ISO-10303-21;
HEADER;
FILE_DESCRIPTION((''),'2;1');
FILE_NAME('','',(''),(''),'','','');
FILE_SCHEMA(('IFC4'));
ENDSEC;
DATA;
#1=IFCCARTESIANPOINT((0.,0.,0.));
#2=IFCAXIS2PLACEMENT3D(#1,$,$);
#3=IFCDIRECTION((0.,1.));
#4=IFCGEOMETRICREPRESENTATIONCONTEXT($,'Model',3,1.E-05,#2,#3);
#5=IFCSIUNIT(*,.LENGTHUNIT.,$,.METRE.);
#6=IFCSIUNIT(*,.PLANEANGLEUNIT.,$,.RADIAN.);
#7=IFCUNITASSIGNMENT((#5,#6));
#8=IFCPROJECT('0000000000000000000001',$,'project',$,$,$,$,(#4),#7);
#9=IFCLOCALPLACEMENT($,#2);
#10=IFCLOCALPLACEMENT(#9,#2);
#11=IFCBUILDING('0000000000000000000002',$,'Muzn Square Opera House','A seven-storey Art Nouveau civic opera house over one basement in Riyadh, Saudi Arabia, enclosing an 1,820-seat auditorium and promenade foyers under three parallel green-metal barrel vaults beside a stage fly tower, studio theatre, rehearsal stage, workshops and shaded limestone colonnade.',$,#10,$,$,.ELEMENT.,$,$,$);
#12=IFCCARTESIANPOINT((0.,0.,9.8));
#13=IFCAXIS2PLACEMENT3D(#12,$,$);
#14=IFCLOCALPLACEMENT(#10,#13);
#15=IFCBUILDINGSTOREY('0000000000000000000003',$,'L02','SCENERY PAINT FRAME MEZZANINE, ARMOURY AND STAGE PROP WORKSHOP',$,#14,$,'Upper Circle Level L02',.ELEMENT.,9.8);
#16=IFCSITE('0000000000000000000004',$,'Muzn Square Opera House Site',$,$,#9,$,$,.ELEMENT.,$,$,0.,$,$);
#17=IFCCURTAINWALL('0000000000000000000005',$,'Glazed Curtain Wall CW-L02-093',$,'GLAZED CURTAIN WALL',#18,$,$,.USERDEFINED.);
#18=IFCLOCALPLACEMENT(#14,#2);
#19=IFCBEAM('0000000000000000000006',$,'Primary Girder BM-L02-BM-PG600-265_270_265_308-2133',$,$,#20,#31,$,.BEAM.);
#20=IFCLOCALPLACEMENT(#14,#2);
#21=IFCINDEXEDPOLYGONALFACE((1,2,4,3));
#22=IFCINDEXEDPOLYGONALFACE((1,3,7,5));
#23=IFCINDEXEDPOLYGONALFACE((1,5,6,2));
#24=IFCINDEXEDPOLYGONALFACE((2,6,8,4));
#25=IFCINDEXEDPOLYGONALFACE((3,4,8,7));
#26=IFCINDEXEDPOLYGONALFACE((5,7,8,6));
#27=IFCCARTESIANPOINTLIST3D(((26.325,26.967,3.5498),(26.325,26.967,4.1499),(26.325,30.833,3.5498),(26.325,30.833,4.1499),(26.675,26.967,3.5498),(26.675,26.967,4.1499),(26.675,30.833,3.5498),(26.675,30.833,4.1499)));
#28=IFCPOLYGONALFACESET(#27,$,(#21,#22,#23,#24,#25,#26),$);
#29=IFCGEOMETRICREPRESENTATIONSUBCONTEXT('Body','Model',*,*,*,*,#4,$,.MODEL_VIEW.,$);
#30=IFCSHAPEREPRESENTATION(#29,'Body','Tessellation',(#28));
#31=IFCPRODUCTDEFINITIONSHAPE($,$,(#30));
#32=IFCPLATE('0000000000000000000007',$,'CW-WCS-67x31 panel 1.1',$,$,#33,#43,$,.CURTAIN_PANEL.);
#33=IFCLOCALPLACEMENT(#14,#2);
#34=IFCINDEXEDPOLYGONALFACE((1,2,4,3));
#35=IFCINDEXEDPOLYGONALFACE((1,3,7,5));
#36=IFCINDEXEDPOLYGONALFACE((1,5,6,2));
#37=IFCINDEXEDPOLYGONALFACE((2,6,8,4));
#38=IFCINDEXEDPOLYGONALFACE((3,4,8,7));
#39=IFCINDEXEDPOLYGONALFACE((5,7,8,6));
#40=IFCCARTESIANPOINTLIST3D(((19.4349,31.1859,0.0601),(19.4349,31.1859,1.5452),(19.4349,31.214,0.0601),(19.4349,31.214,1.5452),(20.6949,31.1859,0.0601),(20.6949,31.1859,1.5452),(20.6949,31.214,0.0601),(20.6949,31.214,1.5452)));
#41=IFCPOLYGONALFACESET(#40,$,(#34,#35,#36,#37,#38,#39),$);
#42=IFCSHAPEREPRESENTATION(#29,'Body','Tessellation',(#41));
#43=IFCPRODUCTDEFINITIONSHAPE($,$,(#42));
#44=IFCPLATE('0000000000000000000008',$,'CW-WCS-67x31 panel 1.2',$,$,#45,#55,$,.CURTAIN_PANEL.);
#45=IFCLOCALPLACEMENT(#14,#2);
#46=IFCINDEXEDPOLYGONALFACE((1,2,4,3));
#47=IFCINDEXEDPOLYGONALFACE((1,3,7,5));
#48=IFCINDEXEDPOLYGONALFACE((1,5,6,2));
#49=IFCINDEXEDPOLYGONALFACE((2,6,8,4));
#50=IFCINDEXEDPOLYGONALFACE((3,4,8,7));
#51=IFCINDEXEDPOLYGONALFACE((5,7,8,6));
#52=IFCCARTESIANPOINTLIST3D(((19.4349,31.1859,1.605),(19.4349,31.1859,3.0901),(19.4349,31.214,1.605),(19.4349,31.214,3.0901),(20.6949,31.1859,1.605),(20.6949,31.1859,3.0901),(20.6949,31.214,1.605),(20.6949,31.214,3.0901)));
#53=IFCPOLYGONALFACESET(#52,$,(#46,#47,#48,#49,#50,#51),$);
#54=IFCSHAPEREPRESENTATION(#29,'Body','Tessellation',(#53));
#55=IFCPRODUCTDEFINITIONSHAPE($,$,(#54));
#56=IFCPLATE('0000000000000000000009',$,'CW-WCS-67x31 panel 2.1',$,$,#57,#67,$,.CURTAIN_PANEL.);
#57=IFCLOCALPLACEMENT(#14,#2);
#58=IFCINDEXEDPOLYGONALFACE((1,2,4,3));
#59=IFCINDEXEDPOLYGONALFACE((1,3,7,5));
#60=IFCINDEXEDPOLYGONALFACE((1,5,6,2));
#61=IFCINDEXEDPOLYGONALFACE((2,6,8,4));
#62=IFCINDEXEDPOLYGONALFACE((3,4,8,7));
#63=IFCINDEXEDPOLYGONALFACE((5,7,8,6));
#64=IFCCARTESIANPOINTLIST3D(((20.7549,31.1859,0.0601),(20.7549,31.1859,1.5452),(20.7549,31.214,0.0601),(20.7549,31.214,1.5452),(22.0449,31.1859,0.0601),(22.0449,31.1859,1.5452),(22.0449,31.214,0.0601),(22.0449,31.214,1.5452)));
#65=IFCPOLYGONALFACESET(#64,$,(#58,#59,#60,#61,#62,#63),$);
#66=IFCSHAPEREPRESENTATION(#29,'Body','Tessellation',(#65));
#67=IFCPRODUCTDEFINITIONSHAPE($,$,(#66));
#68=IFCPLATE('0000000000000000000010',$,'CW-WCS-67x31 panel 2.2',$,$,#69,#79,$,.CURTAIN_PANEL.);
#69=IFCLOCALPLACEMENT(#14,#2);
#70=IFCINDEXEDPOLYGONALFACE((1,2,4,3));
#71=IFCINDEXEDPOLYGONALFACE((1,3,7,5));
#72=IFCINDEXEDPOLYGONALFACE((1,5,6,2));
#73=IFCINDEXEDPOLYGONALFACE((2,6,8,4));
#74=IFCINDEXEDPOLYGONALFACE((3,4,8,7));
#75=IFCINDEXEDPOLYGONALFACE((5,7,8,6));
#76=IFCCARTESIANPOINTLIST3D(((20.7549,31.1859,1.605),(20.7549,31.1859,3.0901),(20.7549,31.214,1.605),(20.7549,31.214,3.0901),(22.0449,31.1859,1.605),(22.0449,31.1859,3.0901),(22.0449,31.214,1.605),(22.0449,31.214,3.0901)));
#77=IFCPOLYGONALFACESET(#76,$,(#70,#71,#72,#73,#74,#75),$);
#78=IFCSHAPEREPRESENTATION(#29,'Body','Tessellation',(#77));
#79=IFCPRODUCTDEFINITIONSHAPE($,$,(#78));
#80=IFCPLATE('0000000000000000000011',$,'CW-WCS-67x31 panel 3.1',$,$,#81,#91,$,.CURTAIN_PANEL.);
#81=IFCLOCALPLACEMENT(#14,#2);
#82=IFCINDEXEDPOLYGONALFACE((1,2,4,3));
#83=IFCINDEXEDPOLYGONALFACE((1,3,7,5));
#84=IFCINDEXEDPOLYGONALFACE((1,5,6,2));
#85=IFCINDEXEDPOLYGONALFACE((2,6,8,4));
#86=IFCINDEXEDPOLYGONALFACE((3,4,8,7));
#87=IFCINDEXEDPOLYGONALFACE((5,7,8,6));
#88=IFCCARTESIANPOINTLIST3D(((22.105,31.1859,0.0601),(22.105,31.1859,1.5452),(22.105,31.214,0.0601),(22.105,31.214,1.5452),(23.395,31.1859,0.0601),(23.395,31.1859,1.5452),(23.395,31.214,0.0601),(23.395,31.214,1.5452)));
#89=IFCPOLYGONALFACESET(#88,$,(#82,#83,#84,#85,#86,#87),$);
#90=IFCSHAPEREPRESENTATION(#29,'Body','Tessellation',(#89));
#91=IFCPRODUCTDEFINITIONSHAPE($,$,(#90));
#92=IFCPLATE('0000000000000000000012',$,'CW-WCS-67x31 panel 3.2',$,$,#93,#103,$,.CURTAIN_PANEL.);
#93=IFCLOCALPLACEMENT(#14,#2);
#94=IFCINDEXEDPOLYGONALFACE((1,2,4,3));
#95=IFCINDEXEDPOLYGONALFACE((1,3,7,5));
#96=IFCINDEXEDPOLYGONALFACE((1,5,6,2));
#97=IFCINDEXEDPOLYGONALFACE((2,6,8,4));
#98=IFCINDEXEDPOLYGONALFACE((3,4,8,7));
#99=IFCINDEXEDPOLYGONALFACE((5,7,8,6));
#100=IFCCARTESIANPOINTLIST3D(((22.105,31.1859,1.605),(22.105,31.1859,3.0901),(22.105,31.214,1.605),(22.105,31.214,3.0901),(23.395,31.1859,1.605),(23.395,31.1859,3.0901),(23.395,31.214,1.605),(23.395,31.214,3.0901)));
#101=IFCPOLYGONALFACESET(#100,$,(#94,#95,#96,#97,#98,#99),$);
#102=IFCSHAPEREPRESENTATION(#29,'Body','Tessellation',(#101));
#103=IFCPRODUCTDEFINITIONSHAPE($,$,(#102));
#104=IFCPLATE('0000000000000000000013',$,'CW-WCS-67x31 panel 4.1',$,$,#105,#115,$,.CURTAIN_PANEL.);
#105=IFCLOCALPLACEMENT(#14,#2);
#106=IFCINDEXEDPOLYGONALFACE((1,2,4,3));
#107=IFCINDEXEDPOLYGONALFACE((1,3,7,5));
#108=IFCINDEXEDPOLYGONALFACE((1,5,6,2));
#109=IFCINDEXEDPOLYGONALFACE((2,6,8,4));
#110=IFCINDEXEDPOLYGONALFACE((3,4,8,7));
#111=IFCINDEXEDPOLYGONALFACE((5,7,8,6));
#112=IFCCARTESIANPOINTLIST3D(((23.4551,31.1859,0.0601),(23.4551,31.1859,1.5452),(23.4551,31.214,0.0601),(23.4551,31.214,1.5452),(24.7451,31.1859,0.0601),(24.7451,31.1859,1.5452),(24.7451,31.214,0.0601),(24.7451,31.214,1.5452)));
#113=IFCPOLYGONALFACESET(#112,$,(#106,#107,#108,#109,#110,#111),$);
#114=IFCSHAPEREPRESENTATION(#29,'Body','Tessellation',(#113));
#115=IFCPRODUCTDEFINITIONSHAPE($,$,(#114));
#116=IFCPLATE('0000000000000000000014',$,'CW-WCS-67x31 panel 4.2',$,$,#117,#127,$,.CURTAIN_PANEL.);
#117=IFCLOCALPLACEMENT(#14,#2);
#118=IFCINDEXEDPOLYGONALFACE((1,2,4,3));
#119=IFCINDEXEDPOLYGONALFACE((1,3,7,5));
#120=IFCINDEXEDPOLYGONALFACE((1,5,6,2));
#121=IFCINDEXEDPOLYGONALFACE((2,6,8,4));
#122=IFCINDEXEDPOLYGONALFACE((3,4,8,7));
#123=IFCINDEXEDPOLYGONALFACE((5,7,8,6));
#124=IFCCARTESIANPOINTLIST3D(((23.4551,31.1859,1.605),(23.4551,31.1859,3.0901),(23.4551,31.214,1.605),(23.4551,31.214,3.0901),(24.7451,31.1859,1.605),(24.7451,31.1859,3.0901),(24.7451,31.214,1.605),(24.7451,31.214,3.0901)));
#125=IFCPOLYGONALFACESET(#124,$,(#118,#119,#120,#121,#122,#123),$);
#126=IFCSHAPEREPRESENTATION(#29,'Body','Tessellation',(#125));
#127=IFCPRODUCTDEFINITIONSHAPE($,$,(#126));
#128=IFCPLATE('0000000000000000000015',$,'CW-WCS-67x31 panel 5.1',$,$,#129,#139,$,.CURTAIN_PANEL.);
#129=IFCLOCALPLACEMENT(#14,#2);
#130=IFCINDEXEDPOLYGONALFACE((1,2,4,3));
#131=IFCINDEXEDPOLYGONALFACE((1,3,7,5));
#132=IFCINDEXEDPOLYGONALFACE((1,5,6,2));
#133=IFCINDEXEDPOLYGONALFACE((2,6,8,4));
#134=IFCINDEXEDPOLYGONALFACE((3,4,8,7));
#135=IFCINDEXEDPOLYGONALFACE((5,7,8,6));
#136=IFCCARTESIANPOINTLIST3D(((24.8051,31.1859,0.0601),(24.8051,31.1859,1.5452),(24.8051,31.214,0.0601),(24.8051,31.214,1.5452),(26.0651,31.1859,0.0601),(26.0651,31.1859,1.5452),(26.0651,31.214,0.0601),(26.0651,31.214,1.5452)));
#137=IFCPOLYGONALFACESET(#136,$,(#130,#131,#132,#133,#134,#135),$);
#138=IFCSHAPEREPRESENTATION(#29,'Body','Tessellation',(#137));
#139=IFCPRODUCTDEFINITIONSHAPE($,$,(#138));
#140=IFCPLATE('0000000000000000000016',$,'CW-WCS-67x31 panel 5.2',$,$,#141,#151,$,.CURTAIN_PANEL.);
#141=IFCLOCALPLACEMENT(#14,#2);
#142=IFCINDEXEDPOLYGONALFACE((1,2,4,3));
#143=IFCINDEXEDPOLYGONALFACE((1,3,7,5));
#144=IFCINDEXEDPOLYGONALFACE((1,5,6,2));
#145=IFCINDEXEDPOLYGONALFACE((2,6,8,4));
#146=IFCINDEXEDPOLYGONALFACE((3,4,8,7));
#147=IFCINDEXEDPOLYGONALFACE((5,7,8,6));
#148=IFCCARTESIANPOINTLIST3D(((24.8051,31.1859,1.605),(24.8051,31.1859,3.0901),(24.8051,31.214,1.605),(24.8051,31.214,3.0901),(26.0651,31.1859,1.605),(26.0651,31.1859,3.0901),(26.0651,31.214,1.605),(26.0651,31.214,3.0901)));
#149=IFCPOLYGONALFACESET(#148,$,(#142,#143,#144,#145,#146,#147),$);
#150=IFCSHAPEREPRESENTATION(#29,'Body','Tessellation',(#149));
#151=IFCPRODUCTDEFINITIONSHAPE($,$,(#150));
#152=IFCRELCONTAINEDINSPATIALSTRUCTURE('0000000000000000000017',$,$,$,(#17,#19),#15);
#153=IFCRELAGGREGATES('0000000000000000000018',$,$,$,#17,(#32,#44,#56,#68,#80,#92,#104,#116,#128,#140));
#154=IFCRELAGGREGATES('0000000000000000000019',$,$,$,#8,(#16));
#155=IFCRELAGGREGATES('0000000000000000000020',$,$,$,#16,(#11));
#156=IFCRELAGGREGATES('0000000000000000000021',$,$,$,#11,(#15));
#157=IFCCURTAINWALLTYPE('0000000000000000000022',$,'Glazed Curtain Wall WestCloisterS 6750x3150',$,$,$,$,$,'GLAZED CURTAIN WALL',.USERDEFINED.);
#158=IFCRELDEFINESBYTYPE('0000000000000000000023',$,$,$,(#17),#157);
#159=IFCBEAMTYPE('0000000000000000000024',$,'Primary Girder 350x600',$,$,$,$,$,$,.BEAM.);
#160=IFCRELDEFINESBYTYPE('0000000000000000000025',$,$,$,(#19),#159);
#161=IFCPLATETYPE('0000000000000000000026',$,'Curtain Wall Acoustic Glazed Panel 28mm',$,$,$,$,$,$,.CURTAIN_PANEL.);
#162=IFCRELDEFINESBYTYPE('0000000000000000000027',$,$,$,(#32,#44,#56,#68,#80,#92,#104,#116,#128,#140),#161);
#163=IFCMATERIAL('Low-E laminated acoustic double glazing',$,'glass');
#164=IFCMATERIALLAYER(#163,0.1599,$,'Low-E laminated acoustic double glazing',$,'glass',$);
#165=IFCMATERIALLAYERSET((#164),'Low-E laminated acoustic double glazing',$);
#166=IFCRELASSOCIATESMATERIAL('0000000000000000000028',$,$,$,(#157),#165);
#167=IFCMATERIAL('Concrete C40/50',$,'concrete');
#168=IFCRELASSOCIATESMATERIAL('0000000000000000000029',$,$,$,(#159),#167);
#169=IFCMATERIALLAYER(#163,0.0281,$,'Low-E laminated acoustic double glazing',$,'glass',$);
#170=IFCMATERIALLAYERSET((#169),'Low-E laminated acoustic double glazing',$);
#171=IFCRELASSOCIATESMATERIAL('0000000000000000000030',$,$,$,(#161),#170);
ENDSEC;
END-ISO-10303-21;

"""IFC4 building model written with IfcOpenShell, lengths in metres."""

from ifc_helpers import new_model, si_unit, direction, frame, origin, origin_2d, place, context, subcontext, project, spatial, rectangle, extrude, material, layer, layer_set, material_profile, profile_set, type_object, element, aggregate, save


model = new_model("IFC4")

# Units and contexts
model_context = context("Model", 3, precision=1e-05, world=origin(), true_north=direction((0.0, 1.0)))
body_context = subcontext(model_context, "Body", "Model", "MODEL_VIEW")
ifc_project = project(units=[si_unit("LENGTHUNIT", "METRE"), si_unit("PLANEANGLEUNIT", "RADIAN")], contexts=[model_context])

# Site, building, storey
site_placement = place(None, origin())
site = spatial("IfcSite", under=ifc_project, at=site_placement, Name="Muzn Square Opera House Site", CompositionType="ELEMENT", RefElevation=0.0)
building_placement = place(site_placement, origin())
building = spatial("IfcBuilding", under=site, at=building_placement, Name="Muzn Square Opera House", Description="A seven-storey Art Nouveau civic opera house over one basement in Riyadh, Saudi Arabia, enclosing an 1,820-seat auditorium and promenade foyers under three parallel green-metal barrel vaults beside a stage fly tower, studio theatre, rehearsal stage, workshops and shaded limestone colonnade.", CompositionType="ELEMENT")
storey_placement = place(building_placement, frame((0.0, 0.0, 9.8)))
storey = spatial("IfcBuildingStorey", under=building, at=storey_placement, Name="L02", Description="SCENERY PAINT FRAME MEZZANINE, ARMOURY AND STAGE PROP WORKSHOP", LongName="Upper Circle Level L02", CompositionType="ELEMENT", Elevation=9.8)

# Curtain wall
ifc_material_1 = material(Name="Low-E laminated acoustic double glazing", Category="glass")
ifc_layer_1 = layer(ifc_material_1, 0.1599, Name="Low-E laminated acoustic double glazing", Category="glass")
ifc_layer_set_1 = layer_set([ifc_layer_1], Name="Low-E laminated acoustic double glazing")
curtain_wall_type = type_object("IfcCurtainWallType", Name="Glazed Curtain Wall WestCloisterS 6750x3150", ElementType="GLAZED CURTAIN WALL", PredefinedType="USERDEFINED", material=ifc_layer_set_1)
curtain_wall_placement = place(storey_placement, origin())
curtain_wall = element("IfcCurtainWall", 1, at=curtain_wall_placement, inside=storey, type_object=curtain_wall_type, Name="Glazed Curtain Wall CW-L02-093", ObjectType="GLAZED CURTAIN WALL", PredefinedType="USERDEFINED")

# Beam
ifc_material_2 = material(Name="Concrete C40/50", Category="concrete")
ifc_material_profile_1 = material_profile(ifc_material_2, rectangle(XDim=0.3501, YDim=0.6001, at=origin_2d()), Name="RCB 350x600", Category="concrete")
ifc_profile_set_1 = profile_set([ifc_material_profile_1], Name="Concrete C40/50")
beam_type = type_object("IfcBeamType", Name="Primary Girder 350x600", PredefinedType="BEAM", material=ifc_profile_set_1)
for number, where, z_axis, x_axis, name in (
    (2, (26.5, 26.967, 3.8499), (0.0, 1.0, 0.0), (-1.0, 0.0, 0.0), "Primary Girder BM-L02-BM-PG600-265_270_265_308-2133"),
):
    element("IfcBeam", number, at=place(storey_placement, frame(where, z_axis=z_axis, x_axis=x_axis)), inside=storey, type_object=beam_type, Name=name, PredefinedType="BEAM", context=body_context, shape_type="SweptSolid", body=[
        extrude(rectangle(XDim=0.3501, YDim=0.6001, at=origin_2d()), origin(), (0.0, 0.0, 1.0), 3.866),
    ])

# Plates
ifc_layer_2 = layer(ifc_material_1, 0.0281, Name="Low-E laminated acoustic double glazing", Category="glass")
ifc_layer_set_2 = layer_set([ifc_layer_2], Name="Low-E laminated acoustic double glazing")
plate_type = type_object("IfcPlateType", Name="Curtain Wall Acoustic Glazed Panel 28mm", PredefinedType="CURTAIN_PANEL", material=ifc_layer_set_2)
plate_1_placement = place(storey_placement, frame((20.0649, 31.2, 0.0601), z_axis=(0.0, 0.0, 1.0), x_axis=(1.0, 0.0, 0.0)))
plate_1 = element("IfcPlate", 3, at=plate_1_placement, type_object=plate_type, Name="CW-WCS-67x31 panel 1.1", PredefinedType="CURTAIN_PANEL", context=body_context, shape_type="SweptSolid", body=[
    extrude(rectangle(XDim=1.26, YDim=0.0281, at=origin_2d()), origin(), (0.0, 0.0, 1.0), 1.4851),
])
plate_2_placement = place(storey_placement, frame((20.0649, 31.2, 1.605), z_axis=(0.0, 0.0, 1.0), x_axis=(1.0, 0.0, 0.0)))
plate_2 = element("IfcPlate", 4, at=plate_2_placement, type_object=plate_type, Name="CW-WCS-67x31 panel 1.2", PredefinedType="CURTAIN_PANEL", context=body_context, shape_type="SweptSolid", body=[
    extrude(rectangle(XDim=1.26, YDim=0.0281, at=origin_2d()), origin(), (0.0, 0.0, 1.0), 1.4851),
])
plate_3_placement = place(storey_placement, frame((21.3999, 31.2, 0.0601), z_axis=(0.0, 0.0, 1.0), x_axis=(1.0, 0.0, 0.0)))
plate_3 = element("IfcPlate", 5, at=plate_3_placement, type_object=plate_type, Name="CW-WCS-67x31 panel 2.1", PredefinedType="CURTAIN_PANEL", context=body_context, shape_type="SweptSolid", body=[
    extrude(rectangle(XDim=1.29, YDim=0.0281, at=origin_2d()), origin(), (0.0, 0.0, 1.0), 1.4851),
])
plate_4_placement = place(storey_placement, frame((21.3999, 31.2, 1.605), z_axis=(0.0, 0.0, 1.0), x_axis=(1.0, 0.0, 0.0)))
plate_4 = element("IfcPlate", 6, at=plate_4_placement, type_object=plate_type, Name="CW-WCS-67x31 panel 2.2", PredefinedType="CURTAIN_PANEL", context=body_context, shape_type="SweptSolid", body=[
    extrude(rectangle(XDim=1.29, YDim=0.0281, at=origin_2d()), origin(), (0.0, 0.0, 1.0), 1.4851),
])
plate_5_placement = place(storey_placement, frame((22.75, 31.2, 0.0601), z_axis=(0.0, 0.0, 1.0), x_axis=(1.0, 0.0, 0.0)))
plate_5 = element("IfcPlate", 7, at=plate_5_placement, type_object=plate_type, Name="CW-WCS-67x31 panel 3.1", PredefinedType="CURTAIN_PANEL", context=body_context, shape_type="SweptSolid", body=[
    extrude(rectangle(XDim=1.29, YDim=0.0281, at=origin_2d()), origin(), (0.0, 0.0, 1.0), 1.4851),
])
plate_6_placement = place(storey_placement, frame((22.75, 31.2, 1.605), z_axis=(0.0, 0.0, 1.0), x_axis=(1.0, 0.0, 0.0)))
plate_6 = element("IfcPlate", 8, at=plate_6_placement, type_object=plate_type, Name="CW-WCS-67x31 panel 3.2", PredefinedType="CURTAIN_PANEL", context=body_context, shape_type="SweptSolid", body=[
    extrude(rectangle(XDim=1.29, YDim=0.0281, at=origin_2d()), origin(), (0.0, 0.0, 1.0), 1.4851),
])
plate_7_placement = place(storey_placement, frame((24.1001, 31.2, 0.0601), z_axis=(0.0, 0.0, 1.0), x_axis=(1.0, 0.0, 0.0)))
plate_7 = element("IfcPlate", 9, at=plate_7_placement, type_object=plate_type, Name="CW-WCS-67x31 panel 4.1", PredefinedType="CURTAIN_PANEL", context=body_context, shape_type="SweptSolid", body=[
    extrude(rectangle(XDim=1.29, YDim=0.0281, at=origin_2d()), origin(), (0.0, 0.0, 1.0), 1.4851),
])
plate_8_placement = place(storey_placement, frame((24.1001, 31.2, 1.605), z_axis=(0.0, 0.0, 1.0), x_axis=(1.0, 0.0, 0.0)))
plate_8 = element("IfcPlate", 10, at=plate_8_placement, type_object=plate_type, Name="CW-WCS-67x31 panel 4.2", PredefinedType="CURTAIN_PANEL", context=body_context, shape_type="SweptSolid", body=[
    extrude(rectangle(XDim=1.29, YDim=0.0281, at=origin_2d()), origin(), (0.0, 0.0, 1.0), 1.4851),
])
plate_9_placement = place(storey_placement, frame((25.4351, 31.2, 0.0601), z_axis=(0.0, 0.0, 1.0), x_axis=(1.0, 0.0, 0.0)))
plate_9 = element("IfcPlate", 11, at=plate_9_placement, type_object=plate_type, Name="CW-WCS-67x31 panel 5.1", PredefinedType="CURTAIN_PANEL", context=body_context, shape_type="SweptSolid", body=[
    extrude(rectangle(XDim=1.26, YDim=0.0281, at=origin_2d()), origin(), (0.0, 0.0, 1.0), 1.4851),
])
plate_10_placement = place(storey_placement, frame((25.4351, 31.2, 1.605), z_axis=(0.0, 0.0, 1.0), x_axis=(1.0, 0.0, 0.0)))
plate_10 = element("IfcPlate", 12, at=plate_10_placement, type_object=plate_type, Name="CW-WCS-67x31 panel 5.2", PredefinedType="CURTAIN_PANEL", context=body_context, shape_type="SweptSolid", body=[
    extrude(rectangle(XDim=1.26, YDim=0.0281, at=origin_2d()), origin(), (0.0, 0.0, 1.0), 1.4851),
])
aggregate(curtain_wall, [plate_1, plate_2, plate_3, plate_4, plate_5, plate_6, plate_7, plate_8, plate_9, plate_10])

save(model, "model.ifc")
